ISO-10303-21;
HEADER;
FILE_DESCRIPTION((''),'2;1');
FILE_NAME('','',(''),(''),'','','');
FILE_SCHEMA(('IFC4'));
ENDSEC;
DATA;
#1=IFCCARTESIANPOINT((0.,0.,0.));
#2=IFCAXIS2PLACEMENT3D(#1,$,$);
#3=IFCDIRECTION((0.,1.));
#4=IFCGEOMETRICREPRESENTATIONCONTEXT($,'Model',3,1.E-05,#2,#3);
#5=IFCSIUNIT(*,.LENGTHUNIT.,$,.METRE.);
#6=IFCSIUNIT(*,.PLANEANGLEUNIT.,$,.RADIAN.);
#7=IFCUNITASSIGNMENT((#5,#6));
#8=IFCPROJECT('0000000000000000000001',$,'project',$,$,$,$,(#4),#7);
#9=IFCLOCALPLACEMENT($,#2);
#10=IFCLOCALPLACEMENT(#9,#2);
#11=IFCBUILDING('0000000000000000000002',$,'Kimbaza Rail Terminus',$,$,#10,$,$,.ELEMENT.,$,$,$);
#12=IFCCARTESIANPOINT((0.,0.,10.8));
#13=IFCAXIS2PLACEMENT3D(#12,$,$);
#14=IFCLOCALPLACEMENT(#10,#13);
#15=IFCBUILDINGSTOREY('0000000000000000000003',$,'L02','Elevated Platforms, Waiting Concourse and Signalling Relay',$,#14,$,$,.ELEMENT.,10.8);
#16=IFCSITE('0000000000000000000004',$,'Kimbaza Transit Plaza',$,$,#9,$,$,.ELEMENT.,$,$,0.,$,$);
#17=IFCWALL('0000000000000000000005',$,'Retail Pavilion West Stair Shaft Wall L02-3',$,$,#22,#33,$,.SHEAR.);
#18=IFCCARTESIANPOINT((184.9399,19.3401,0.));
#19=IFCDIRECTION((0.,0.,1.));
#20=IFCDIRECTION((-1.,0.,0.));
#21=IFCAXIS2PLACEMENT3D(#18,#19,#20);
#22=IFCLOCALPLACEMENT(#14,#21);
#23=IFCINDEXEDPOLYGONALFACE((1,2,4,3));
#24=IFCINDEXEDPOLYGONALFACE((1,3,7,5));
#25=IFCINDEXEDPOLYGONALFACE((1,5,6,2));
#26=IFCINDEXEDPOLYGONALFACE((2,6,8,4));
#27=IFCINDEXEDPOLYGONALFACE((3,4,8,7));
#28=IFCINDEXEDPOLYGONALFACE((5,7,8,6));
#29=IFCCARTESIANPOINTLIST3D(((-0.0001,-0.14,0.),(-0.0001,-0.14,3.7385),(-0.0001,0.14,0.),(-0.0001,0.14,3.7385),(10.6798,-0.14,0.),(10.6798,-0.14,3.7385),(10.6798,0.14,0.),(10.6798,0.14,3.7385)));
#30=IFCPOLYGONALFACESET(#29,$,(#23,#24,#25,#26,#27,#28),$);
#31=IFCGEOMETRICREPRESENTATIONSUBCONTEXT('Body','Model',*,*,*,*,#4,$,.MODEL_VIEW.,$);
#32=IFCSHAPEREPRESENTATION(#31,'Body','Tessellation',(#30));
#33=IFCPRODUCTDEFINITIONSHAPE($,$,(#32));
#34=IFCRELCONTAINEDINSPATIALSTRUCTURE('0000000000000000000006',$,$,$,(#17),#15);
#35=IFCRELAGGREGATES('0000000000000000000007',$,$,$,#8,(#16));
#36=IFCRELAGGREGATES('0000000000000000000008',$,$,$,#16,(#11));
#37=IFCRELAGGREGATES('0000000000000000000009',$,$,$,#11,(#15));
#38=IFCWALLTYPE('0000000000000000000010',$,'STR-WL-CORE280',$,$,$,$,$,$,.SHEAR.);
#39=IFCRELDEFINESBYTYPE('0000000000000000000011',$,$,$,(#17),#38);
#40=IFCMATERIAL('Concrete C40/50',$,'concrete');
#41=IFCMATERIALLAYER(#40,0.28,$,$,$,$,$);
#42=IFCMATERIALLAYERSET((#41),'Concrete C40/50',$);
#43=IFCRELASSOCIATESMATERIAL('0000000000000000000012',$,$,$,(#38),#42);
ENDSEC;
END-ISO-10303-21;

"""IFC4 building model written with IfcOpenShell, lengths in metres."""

from ifc_helpers import new_model, si_unit, direction, frame, frame_2d, origin, place, context, subcontext, project, spatial, rectangle, extrude, material, layer, layer_set, type_object, element, save


model = new_model("IFC4")

# Units and contexts
model_context = context("Model", 3, precision=1e-05, world=origin(), true_north=direction((0.0, 1.0)))
body_context = subcontext(model_context, "Body", "Model", "MODEL_VIEW")
ifc_project = project(units=[si_unit("LENGTHUNIT", "METRE"), si_unit("PLANEANGLEUNIT", "RADIAN")], contexts=[model_context])

# Site, building, storey
site_placement = place(None, origin())
site = spatial("IfcSite", under=ifc_project, at=site_placement, Name="Kimbaza Transit Plaza", CompositionType="ELEMENT", RefElevation=0.0)
building_placement = place(site_placement, origin())
building = spatial("IfcBuilding", under=site, at=building_placement, Name="Kimbaza Rail Terminus", CompositionType="ELEMENT")
storey_placement = place(building_placement, frame((0.0, 0.0, 10.8)))
storey = spatial("IfcBuildingStorey", under=building, at=storey_placement, Name="L02", Description="Elevated Platforms, Waiting Concourse and Signalling Relay", CompositionType="ELEMENT", Elevation=10.8)

# Wall
ifc_material_1 = material(Name="Concrete C40/50", Category="concrete")
ifc_layer_1 = layer(ifc_material_1, 0.28)
ifc_layer_set_1 = layer_set([ifc_layer_1], Name="Concrete C40/50")
wall_type_1 = type_object("IfcWallType", Name="STR-WL-CORE280", PredefinedType="SHEAR", material=ifc_layer_set_1)
wall_1_placement = place(storey_placement, frame((184.9399, 19.3401, 0.0), z_axis=(0.0, 0.0, 1.0), x_axis=(-1.0, 0.0, 0.0)))
element("IfcWall", 1, at=wall_1_placement, inside=storey, type_object=wall_type_1, Name="Retail Pavilion West Stair Shaft Wall L02-3", PredefinedType="SHEAR", context=body_context, shape_type="SweptSolid", body=[
    extrude(rectangle(XDim=10.6799, YDim=0.28, at=frame_2d((5.3398, 0.0))), origin(), (0.0, 0.0, 1.0), 3.7385),
])

save(model, "model.ifc")
